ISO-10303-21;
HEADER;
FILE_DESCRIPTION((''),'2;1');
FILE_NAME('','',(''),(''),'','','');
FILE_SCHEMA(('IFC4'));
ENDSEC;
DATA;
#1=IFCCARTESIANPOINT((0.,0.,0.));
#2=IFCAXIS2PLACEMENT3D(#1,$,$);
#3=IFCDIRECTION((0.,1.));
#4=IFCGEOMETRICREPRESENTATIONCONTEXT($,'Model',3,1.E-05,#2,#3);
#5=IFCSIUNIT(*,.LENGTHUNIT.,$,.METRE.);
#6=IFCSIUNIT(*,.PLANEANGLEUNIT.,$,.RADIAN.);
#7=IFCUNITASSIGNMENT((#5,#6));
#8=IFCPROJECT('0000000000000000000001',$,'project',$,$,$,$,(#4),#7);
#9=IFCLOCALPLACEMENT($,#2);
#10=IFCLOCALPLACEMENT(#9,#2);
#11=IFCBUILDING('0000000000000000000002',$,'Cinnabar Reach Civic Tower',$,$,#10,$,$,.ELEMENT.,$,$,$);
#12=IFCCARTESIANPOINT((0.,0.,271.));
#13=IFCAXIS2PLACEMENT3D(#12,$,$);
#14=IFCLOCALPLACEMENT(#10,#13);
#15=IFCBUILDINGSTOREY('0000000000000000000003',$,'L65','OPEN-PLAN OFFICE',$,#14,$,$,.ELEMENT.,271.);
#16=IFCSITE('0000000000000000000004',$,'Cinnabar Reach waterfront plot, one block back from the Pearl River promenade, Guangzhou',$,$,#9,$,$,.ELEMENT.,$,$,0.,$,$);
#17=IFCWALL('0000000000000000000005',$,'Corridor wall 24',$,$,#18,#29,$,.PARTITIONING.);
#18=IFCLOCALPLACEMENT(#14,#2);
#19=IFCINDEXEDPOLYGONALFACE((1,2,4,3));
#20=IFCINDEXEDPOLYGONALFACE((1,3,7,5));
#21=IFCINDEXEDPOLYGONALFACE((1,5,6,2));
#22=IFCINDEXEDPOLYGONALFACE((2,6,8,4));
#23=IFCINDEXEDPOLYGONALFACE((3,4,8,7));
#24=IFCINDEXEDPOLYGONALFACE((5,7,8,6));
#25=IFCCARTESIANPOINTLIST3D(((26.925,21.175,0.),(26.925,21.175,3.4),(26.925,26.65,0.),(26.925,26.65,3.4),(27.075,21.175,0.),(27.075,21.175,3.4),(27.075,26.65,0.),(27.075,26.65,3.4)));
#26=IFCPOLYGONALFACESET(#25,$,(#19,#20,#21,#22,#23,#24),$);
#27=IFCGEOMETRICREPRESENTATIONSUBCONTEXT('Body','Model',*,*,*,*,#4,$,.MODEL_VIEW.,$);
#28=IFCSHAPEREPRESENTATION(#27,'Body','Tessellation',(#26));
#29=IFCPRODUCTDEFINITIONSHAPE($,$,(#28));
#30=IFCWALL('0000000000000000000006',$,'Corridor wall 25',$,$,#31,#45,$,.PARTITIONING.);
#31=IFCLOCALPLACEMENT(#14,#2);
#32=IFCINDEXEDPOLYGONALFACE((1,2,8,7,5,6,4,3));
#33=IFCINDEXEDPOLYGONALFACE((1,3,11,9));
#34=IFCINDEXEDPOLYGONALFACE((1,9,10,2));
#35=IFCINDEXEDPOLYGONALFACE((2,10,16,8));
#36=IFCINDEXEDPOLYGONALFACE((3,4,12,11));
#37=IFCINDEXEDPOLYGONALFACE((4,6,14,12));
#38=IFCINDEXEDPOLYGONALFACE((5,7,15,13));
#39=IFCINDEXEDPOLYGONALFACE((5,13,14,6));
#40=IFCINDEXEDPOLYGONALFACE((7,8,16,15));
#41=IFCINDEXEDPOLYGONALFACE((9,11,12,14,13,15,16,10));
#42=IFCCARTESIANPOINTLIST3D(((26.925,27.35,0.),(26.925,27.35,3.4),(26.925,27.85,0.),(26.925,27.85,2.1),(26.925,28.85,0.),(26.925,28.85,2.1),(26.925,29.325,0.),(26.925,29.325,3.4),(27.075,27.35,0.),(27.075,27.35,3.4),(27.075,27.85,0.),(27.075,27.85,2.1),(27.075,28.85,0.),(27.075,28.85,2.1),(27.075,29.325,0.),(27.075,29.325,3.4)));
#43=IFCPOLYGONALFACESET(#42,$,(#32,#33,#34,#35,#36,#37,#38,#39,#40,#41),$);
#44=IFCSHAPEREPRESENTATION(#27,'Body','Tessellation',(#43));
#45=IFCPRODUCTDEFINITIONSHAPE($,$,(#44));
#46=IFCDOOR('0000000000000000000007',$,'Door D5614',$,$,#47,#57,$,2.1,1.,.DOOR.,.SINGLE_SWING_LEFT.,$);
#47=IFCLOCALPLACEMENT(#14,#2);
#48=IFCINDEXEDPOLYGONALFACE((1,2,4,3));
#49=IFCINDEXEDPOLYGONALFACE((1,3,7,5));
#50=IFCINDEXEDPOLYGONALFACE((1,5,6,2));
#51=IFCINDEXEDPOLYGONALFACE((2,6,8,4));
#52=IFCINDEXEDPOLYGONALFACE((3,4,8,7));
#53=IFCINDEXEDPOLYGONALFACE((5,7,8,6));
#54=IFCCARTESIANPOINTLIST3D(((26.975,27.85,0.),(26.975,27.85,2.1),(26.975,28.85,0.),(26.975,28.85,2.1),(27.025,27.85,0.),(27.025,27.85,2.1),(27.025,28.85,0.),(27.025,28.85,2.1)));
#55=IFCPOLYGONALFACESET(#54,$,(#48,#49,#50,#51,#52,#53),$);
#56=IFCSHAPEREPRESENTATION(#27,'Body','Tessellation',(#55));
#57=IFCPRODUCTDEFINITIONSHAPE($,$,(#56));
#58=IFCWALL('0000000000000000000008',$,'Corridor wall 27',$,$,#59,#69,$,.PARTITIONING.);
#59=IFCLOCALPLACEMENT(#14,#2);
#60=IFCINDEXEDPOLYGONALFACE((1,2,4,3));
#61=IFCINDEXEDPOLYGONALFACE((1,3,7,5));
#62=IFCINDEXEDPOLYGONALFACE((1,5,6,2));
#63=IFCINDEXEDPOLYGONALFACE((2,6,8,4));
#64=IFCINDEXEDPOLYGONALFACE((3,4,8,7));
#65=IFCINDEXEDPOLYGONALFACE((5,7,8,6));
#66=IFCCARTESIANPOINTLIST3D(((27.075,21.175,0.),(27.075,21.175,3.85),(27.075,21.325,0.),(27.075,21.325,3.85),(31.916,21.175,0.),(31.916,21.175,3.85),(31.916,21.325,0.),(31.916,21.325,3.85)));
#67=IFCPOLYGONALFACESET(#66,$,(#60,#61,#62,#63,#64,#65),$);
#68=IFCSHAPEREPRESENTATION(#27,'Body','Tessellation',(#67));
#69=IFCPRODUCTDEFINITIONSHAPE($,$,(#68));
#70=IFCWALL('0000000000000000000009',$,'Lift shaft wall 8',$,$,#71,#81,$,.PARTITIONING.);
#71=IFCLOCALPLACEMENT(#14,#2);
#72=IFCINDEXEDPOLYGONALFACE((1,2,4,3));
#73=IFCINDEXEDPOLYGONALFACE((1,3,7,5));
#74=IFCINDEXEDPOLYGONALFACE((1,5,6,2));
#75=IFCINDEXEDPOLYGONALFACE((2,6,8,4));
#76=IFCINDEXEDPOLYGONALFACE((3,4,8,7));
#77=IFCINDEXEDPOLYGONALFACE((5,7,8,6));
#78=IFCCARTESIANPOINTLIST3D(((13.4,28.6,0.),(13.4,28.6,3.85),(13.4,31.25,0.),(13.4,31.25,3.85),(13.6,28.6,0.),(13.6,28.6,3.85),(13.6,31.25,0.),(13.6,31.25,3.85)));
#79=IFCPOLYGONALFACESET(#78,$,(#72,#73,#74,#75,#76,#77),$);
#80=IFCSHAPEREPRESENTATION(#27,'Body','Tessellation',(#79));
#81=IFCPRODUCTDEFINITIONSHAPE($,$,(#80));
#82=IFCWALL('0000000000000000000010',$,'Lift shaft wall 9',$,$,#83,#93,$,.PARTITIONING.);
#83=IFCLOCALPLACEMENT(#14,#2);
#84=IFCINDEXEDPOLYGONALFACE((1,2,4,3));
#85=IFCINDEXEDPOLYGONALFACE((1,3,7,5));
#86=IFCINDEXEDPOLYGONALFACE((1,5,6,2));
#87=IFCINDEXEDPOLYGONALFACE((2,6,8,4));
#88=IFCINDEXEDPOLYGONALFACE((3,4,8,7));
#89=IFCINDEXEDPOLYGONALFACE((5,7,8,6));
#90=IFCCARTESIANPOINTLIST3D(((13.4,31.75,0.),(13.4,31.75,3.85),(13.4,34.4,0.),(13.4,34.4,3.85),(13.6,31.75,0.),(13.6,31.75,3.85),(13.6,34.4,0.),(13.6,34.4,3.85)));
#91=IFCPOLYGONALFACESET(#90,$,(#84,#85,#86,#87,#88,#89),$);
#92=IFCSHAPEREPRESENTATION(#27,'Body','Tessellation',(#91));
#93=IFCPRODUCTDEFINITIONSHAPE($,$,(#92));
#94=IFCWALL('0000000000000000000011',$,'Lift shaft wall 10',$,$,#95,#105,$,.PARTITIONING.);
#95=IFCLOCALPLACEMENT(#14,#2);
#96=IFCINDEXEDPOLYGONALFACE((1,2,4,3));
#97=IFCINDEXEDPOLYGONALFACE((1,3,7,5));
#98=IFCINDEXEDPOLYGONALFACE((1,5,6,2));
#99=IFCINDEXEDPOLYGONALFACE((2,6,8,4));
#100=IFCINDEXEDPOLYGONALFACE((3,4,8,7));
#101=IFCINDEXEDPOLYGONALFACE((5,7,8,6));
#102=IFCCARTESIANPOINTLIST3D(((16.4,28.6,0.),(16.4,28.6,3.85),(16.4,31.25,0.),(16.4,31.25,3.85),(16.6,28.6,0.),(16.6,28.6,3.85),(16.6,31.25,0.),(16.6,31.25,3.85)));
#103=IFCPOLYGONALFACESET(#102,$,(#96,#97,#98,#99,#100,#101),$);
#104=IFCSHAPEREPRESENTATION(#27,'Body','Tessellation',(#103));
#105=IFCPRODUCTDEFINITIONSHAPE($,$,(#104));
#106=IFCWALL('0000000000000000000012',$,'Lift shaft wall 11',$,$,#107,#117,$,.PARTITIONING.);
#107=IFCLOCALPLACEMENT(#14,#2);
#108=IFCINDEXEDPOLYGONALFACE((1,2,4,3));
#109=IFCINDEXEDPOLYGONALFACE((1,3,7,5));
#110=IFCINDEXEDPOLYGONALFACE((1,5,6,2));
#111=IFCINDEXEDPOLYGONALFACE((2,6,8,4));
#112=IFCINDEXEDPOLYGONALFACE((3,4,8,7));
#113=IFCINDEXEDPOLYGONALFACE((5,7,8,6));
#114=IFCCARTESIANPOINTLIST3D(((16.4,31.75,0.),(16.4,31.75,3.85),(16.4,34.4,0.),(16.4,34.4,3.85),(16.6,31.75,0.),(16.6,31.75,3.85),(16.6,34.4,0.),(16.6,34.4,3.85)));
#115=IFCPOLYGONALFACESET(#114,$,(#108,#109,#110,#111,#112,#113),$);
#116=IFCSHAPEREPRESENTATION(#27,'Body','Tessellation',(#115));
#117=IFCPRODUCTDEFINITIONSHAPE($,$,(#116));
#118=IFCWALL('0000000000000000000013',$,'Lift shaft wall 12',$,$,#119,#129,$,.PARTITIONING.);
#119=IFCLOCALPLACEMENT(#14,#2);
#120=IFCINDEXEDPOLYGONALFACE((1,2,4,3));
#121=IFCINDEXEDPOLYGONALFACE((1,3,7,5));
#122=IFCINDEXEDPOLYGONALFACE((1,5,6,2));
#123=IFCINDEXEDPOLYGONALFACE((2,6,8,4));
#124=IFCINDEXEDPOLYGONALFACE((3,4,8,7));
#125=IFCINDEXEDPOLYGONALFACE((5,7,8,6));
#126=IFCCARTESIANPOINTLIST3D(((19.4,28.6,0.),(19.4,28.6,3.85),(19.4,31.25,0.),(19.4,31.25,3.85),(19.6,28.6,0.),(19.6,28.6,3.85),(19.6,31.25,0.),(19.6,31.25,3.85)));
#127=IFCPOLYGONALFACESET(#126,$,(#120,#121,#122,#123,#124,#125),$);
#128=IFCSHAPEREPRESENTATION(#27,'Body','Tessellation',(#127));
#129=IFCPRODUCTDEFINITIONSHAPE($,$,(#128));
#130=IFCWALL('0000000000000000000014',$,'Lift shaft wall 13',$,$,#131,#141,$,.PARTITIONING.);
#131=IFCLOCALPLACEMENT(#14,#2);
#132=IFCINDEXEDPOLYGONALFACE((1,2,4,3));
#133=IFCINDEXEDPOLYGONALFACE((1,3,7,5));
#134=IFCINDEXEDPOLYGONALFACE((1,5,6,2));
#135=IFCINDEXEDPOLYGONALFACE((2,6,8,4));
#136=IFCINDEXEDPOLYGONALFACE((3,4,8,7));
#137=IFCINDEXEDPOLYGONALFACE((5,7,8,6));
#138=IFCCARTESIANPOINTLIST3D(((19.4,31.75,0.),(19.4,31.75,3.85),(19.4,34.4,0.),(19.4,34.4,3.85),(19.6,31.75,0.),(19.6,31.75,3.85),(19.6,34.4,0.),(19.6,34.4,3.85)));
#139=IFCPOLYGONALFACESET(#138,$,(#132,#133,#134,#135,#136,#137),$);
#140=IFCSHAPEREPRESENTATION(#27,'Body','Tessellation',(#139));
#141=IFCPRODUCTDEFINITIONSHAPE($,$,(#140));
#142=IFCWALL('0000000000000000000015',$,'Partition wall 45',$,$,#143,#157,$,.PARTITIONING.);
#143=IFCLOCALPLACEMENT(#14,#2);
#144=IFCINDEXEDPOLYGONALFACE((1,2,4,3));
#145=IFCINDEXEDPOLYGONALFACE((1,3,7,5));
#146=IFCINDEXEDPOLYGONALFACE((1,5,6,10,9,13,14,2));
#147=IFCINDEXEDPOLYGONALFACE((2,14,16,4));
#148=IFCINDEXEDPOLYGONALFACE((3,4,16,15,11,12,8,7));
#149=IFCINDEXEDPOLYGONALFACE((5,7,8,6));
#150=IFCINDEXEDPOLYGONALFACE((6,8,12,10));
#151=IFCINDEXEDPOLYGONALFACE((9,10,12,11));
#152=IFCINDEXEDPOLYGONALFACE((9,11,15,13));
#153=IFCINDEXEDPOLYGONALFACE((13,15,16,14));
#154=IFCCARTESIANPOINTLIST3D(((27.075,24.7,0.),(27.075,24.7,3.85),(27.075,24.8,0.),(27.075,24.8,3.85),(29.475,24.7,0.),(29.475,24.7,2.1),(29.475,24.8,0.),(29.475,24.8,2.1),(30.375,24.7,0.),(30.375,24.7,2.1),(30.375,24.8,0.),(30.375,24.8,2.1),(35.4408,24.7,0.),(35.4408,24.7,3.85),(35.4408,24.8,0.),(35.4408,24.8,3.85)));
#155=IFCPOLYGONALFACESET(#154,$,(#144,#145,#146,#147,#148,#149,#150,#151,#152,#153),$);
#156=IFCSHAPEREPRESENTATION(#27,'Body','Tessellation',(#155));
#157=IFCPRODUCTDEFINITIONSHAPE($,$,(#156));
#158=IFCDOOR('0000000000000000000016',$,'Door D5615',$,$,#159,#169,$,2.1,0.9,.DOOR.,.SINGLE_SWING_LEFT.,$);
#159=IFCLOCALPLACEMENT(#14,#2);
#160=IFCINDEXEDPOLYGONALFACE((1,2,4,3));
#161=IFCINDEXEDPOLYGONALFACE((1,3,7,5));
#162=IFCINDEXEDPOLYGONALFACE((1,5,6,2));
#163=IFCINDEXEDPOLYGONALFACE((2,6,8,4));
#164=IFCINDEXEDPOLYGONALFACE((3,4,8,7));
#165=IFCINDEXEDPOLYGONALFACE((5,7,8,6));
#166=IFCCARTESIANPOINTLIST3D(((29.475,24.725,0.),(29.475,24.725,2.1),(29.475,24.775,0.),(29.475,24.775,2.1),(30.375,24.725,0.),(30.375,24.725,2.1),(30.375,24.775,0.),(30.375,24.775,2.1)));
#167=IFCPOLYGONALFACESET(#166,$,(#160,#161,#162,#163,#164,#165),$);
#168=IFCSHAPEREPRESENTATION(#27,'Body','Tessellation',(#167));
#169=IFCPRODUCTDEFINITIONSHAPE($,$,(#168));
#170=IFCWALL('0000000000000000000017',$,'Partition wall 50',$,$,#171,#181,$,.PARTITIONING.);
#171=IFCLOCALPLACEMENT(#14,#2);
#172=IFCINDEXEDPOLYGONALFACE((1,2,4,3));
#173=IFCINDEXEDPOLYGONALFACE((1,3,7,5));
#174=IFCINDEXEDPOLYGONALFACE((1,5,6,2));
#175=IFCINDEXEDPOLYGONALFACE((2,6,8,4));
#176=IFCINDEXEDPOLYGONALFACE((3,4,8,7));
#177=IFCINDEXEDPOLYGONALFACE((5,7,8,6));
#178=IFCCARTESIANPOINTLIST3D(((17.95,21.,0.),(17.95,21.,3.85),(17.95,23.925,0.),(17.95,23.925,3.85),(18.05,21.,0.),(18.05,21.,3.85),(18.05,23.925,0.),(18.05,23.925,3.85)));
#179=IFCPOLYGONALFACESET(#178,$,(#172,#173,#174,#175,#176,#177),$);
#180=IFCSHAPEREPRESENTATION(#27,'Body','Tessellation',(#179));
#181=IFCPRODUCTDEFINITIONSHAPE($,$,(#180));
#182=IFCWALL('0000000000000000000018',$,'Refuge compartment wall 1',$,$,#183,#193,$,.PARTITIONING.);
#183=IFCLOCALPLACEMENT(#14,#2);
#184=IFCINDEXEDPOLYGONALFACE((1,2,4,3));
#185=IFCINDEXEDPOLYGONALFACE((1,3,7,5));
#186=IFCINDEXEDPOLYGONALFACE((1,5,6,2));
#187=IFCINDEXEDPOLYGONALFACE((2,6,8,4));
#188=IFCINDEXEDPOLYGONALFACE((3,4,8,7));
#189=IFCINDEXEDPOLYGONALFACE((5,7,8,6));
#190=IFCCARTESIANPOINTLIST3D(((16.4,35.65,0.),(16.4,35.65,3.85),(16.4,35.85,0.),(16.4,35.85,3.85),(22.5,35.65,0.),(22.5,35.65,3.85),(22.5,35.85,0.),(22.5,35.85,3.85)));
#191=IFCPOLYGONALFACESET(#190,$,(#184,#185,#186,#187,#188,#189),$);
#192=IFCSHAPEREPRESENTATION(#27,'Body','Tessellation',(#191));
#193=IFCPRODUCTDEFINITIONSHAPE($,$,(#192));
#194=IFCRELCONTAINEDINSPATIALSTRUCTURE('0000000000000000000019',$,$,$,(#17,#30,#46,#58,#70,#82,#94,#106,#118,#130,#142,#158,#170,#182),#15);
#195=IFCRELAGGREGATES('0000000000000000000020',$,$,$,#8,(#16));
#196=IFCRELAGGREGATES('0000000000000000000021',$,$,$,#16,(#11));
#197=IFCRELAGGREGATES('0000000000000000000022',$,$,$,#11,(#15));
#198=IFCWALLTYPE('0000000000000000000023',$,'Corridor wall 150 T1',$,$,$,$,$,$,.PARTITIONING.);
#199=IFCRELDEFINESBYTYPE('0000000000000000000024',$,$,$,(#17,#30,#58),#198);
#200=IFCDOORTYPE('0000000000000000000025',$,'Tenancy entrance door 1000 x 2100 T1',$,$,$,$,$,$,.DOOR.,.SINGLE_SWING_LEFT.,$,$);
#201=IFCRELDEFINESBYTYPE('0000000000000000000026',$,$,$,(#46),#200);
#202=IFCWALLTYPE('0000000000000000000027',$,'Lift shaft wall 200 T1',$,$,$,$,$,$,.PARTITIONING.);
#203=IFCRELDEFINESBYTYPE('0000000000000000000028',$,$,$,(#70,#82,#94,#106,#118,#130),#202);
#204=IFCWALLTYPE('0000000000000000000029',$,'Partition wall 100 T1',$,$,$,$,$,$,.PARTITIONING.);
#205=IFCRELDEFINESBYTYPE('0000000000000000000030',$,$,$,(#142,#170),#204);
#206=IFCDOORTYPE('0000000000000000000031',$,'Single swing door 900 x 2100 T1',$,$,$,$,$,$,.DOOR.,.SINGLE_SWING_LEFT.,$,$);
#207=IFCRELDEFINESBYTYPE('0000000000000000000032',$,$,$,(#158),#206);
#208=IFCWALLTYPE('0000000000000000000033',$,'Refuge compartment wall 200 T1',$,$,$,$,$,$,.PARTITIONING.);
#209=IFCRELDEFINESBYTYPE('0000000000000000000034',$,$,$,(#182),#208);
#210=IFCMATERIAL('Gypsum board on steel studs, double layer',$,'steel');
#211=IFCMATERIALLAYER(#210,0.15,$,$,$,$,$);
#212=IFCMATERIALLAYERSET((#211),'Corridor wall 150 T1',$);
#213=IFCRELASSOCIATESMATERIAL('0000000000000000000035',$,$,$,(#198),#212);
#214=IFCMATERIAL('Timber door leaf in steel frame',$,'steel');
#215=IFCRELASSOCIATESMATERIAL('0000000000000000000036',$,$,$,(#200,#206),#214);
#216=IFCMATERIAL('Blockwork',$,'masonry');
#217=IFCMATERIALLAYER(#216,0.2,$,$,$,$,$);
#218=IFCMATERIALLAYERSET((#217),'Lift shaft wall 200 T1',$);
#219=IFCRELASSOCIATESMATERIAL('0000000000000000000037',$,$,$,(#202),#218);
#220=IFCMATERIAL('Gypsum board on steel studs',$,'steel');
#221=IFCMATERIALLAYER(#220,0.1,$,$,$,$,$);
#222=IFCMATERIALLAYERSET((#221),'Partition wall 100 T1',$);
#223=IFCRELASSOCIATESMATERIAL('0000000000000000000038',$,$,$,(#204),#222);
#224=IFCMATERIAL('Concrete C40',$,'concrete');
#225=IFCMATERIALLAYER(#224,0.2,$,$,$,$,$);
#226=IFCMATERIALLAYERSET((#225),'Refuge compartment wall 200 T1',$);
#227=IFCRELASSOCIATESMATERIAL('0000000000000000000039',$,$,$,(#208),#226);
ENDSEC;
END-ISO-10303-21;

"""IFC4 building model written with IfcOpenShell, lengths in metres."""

from ifc_helpers import new_model, si_unit, direction, frame, frame_2d, origin, place, context, subcontext, project, spatial, rectangle, extrude, material, layer, layer_set, type_object, element, fill, save


model = new_model("IFC4")

# Units and contexts
model_context = context("Model", 3, precision=1e-05, world=origin(), true_north=direction((0.0, 1.0)))
body_context = subcontext(model_context, "Body", "Model", "MODEL_VIEW")
ifc_project = project(units=[si_unit("LENGTHUNIT", "METRE"), si_unit("PLANEANGLEUNIT", "RADIAN")], contexts=[model_context])

# Site, building, storey
site_placement = place(None, origin())
site = spatial("IfcSite", under=ifc_project, at=site_placement, Name="Cinnabar Reach waterfront plot, one block back from the Pearl River promenade, Guangzhou", CompositionType="ELEMENT", RefElevation=0.0)
building_placement = place(site_placement, origin())
building = spatial("IfcBuilding", under=site, at=building_placement, Name="Cinnabar Reach Civic Tower", CompositionType="ELEMENT")
storey_placement = place(building_placement, frame((0.0, 0.0, 271.0)))
storey = spatial("IfcBuildingStorey", under=building, at=storey_placement, Name="L65", Description="OPEN-PLAN OFFICE", CompositionType="ELEMENT", Elevation=271.0)

# Shared definitions
ifc_material_1 = material(Name="Timber door leaf in steel frame", Category="steel")

# Shared definitions
ifc_material_2 = material(Name="Gypsum board on steel studs, double layer", Category="steel")
ifc_layer_1 = layer(ifc_material_2, 0.15)
ifc_layer_set_1 = layer_set([ifc_layer_1], Name="Corridor wall 150 T1")
wall_type_1 = type_object("IfcWallType", Name="Corridor wall 150 T1", PredefinedType="PARTITIONING", material=ifc_layer_set_1)
door_type_1 = type_object("IfcDoorType", Name="Tenancy entrance door 1000 x 2100 T1", OperationType="SINGLE_SWING_LEFT", PredefinedType="DOOR", material=ifc_material_1)

# Wall
wall_1_placement = place(storey_placement, frame((27.0, 21.175, 0.0), z_axis=(0.0, 0.0, 1.0), x_axis=(0.0, 1.0, 0.0)))
element("IfcWall", 1, at=wall_1_placement, inside=storey, type_object=wall_type_1, Name="Corridor wall 24", PredefinedType="PARTITIONING", context=body_context, shape_type="SweptSolid", body=[
    extrude(rectangle(XDim=5.475, YDim=0.15, at=frame_2d((2.7375, 0.0))), origin(), (0.0, 0.0, 1.0), 3.4),
])

# Wall, opening, door
wall_2_placement = place(storey_placement, frame((27.0, 27.35, 0.0), z_axis=(0.0, 0.0, 1.0), x_axis=(0.0, 1.0, 0.0)))
wall_2 = element("IfcWall", 2, at=wall_2_placement, inside=storey, type_object=wall_type_1, Name="Corridor wall 25", PredefinedType="PARTITIONING", context=body_context, shape_type="SweptSolid", body=[
    extrude(rectangle(XDim=1.975, YDim=0.15, at=frame_2d((0.9875, 0.0))), origin(), (0.0, 0.0, 1.0), 3.4),
])
opening_1_placement = place(wall_2_placement, frame((0.5, 0.0, 0.0)))
opening_1 = element("IfcOpeningElement", 3, at=opening_1_placement, cuts=wall_2, PredefinedType="OPENING", context=body_context, shape_type="SweptSolid", body=[
    extrude(rectangle(XDim=1.0, YDim=2.1, at=frame_2d((0.5, 1.05))), frame((0.0, 0.085, 0.0), z_axis=(0.0, -1.0, 0.0), x_axis=(1.0, 0.0, 0.0)), (0.0, 0.0, 1.0), 0.17),
])
door_1_placement = place(opening_1_placement, frame((1.0, 0.0, 0.0), z_axis=(0.0, 0.0, 1.0), x_axis=(-1.0, 0.0, 0.0)))
door_1 = element("IfcDoor", 4, at=door_1_placement, inside=storey, type_object=door_type_1, Name="Door D5614", OperationType="SINGLE_SWING_LEFT", OverallHeight=2.1, OverallWidth=1.0, PredefinedType="DOOR", context=body_context, shape_type="SweptSolid", body=[
    extrude(rectangle(XDim=1.0, YDim=2.1, at=frame_2d((0.5, 1.05))), frame((0.0, 0.025, 0.0), z_axis=(0.0, -1.0, 0.0), x_axis=(1.0, 0.0, 0.0)), (0.0, 0.0, 1.0), 0.05),
])
fill(opening_1, door_1)

# Walls
wall_3_placement = place(storey_placement, frame((27.075, 21.25, 0.0), z_axis=(0.0, 0.0, 1.0), x_axis=(1.0, 0.0, 0.0)))
element("IfcWall", 5, at=wall_3_placement, inside=storey, type_object=wall_type_1, Name="Corridor wall 27", PredefinedType="PARTITIONING", context=body_context, shape_type="SweptSolid", body=[
    extrude(rectangle(XDim=4.841, YDim=0.15, at=frame_2d((2.4205, 0.0))), origin(), (0.0, 0.0, 1.0), 3.85),
])
ifc_material_3 = material(Name="Blockwork", Category="masonry")
ifc_layer_2 = layer(ifc_material_3, 0.2)
ifc_layer_set_2 = layer_set([ifc_layer_2], Name="Lift shaft wall 200 T1")
wall_type_2 = type_object("IfcWallType", Name="Lift shaft wall 200 T1", PredefinedType="PARTITIONING", material=ifc_layer_set_2)
for number, where, z_axis, x_axis, name in (
    (6, (13.5, 28.6, 0.0), (0.0, 0.0, 1.0), (0.0, 1.0, 0.0), "Lift shaft wall 8"),
    (7, (13.5, 31.75, 0.0), (0.0, 0.0, 1.0), (0.0, 1.0, 0.0), "Lift shaft wall 9"),
    (8, (16.5, 28.6, 0.0), (0.0, 0.0, 1.0), (0.0, 1.0, 0.0), "Lift shaft wall 10"),
    (9, (16.5, 31.75, 0.0), (0.0, 0.0, 1.0), (0.0, 1.0, 0.0), "Lift shaft wall 11"),
    (10, (19.5, 28.6, 0.0), (0.0, 0.0, 1.0), (0.0, 1.0, 0.0), "Lift shaft wall 12"),
    (11, (19.5, 31.75, 0.0), (0.0, 0.0, 1.0), (0.0, 1.0, 0.0), "Lift shaft wall 13"),
):
    element("IfcWall", number, at=place(storey_placement, frame(where, z_axis=z_axis, x_axis=x_axis)), inside=storey, type_object=wall_type_2, Name=name, PredefinedType="PARTITIONING", context=body_context, shape_type="SweptSolid", body=[
        extrude(rectangle(XDim=2.65, YDim=0.2, at=frame_2d((1.325, 0.0))), origin(), (0.0, 0.0, 1.0), 3.85),
    ])

# Wall, opening, door
ifc_material_4 = material(Name="Gypsum board on steel studs", Category="steel")
ifc_layer_3 = layer(ifc_material_4, 0.1)
ifc_layer_set_3 = layer_set([ifc_layer_3], Name="Partition wall 100 T1")
wall_type_3 = type_object("IfcWallType", Name="Partition wall 100 T1", PredefinedType="PARTITIONING", material=ifc_layer_set_3)
wall_4_placement = place(storey_placement, frame((27.075, 24.75, 0.0), z_axis=(0.0, 0.0, 1.0), x_axis=(1.0, 0.0, 0.0)))
wall_4 = element("IfcWall", 12, at=wall_4_placement, inside=storey, type_object=wall_type_3, Name="Partition wall 45", PredefinedType="PARTITIONING", context=body_context, shape_type="SweptSolid", body=[
    extrude(rectangle(XDim=8.3659, YDim=0.1, at=frame_2d((4.1829, 0.0))), origin(), (0.0, 0.0, 1.0), 3.85),
])
opening_2_placement = place(wall_4_placement, frame((2.4, 0.0, 0.0)))
opening_2 = element("IfcOpeningElement", 13, at=opening_2_placement, cuts=wall_4, PredefinedType="OPENING", context=body_context, shape_type="SweptSolid", body=[
    extrude(rectangle(XDim=0.9, YDim=2.1, at=frame_2d((0.45, 1.05))), frame((0.0, 0.06, 0.0), z_axis=(0.0, -1.0, 0.0), x_axis=(1.0, 0.0, 0.0)), (0.0, 0.0, 1.0), 0.12),
])
door_type_2 = type_object("IfcDoorType", Name="Single swing door 900 x 2100 T1", OperationType="SINGLE_SWING_LEFT", PredefinedType="DOOR", material=ifc_material_1)
door_2_placement = place(opening_2_placement, frame((0.9, 0.0, 0.0), z_axis=(0.0, 0.0, 1.0), x_axis=(-1.0, 0.0, 0.0)))
door_2 = element("IfcDoor", 14, at=door_2_placement, inside=storey, type_object=door_type_2, Name="Door D5615", OperationType="SINGLE_SWING_LEFT", OverallHeight=2.1, OverallWidth=0.9, PredefinedType="DOOR", context=body_context, shape_type="SweptSolid", body=[
    extrude(rectangle(XDim=0.9, YDim=2.1, at=frame_2d((0.45, 1.05))), frame((0.0, 0.025, 0.0), z_axis=(0.0, -1.0, 0.0), x_axis=(1.0, 0.0, 0.0)), (0.0, 0.0, 1.0), 0.05),
])
fill(opening_2, door_2)

# Walls
wall_5_placement = place(storey_placement, frame((18.0, 21.0, 0.0), z_axis=(0.0, 0.0, 1.0), x_axis=(0.0, 1.0, 0.0)))
element("IfcWall", 15, at=wall_5_placement, inside=storey, type_object=wall_type_3, Name="Partition wall 50", PredefinedType="PARTITIONING", context=body_context, shape_type="SweptSolid", body=[
    extrude(rectangle(XDim=2.925, YDim=0.1, at=frame_2d((1.4625, 0.0))), origin(), (0.0, 0.0, 1.0), 3.85),
])
ifc_material_5 = material(Name="Concrete C40", Category="concrete")
ifc_layer_4 = layer(ifc_material_5, 0.2)
ifc_layer_set_4 = layer_set([ifc_layer_4], Name="Refuge compartment wall 200 T1")
wall_type_4 = type_object("IfcWallType", Name="Refuge compartment wall 200 T1", PredefinedType="PARTITIONING", material=ifc_layer_set_4)
wall_6_placement = place(storey_placement, frame((16.4, 35.75, 0.0), z_axis=(0.0, 0.0, 1.0), x_axis=(1.0, 0.0, 0.0)))
element("IfcWall", 16, at=wall_6_placement, inside=storey, type_object=wall_type_4, Name="Refuge compartment wall 1", PredefinedType="PARTITIONING", context=body_context, shape_type="SweptSolid", body=[
    extrude(rectangle(XDim=6.1, YDim=0.2, at=frame_2d((3.05, 0.0))), origin(), (0.0, 0.0, 1.0), 3.85),
])

save(model, "model.ifc")
